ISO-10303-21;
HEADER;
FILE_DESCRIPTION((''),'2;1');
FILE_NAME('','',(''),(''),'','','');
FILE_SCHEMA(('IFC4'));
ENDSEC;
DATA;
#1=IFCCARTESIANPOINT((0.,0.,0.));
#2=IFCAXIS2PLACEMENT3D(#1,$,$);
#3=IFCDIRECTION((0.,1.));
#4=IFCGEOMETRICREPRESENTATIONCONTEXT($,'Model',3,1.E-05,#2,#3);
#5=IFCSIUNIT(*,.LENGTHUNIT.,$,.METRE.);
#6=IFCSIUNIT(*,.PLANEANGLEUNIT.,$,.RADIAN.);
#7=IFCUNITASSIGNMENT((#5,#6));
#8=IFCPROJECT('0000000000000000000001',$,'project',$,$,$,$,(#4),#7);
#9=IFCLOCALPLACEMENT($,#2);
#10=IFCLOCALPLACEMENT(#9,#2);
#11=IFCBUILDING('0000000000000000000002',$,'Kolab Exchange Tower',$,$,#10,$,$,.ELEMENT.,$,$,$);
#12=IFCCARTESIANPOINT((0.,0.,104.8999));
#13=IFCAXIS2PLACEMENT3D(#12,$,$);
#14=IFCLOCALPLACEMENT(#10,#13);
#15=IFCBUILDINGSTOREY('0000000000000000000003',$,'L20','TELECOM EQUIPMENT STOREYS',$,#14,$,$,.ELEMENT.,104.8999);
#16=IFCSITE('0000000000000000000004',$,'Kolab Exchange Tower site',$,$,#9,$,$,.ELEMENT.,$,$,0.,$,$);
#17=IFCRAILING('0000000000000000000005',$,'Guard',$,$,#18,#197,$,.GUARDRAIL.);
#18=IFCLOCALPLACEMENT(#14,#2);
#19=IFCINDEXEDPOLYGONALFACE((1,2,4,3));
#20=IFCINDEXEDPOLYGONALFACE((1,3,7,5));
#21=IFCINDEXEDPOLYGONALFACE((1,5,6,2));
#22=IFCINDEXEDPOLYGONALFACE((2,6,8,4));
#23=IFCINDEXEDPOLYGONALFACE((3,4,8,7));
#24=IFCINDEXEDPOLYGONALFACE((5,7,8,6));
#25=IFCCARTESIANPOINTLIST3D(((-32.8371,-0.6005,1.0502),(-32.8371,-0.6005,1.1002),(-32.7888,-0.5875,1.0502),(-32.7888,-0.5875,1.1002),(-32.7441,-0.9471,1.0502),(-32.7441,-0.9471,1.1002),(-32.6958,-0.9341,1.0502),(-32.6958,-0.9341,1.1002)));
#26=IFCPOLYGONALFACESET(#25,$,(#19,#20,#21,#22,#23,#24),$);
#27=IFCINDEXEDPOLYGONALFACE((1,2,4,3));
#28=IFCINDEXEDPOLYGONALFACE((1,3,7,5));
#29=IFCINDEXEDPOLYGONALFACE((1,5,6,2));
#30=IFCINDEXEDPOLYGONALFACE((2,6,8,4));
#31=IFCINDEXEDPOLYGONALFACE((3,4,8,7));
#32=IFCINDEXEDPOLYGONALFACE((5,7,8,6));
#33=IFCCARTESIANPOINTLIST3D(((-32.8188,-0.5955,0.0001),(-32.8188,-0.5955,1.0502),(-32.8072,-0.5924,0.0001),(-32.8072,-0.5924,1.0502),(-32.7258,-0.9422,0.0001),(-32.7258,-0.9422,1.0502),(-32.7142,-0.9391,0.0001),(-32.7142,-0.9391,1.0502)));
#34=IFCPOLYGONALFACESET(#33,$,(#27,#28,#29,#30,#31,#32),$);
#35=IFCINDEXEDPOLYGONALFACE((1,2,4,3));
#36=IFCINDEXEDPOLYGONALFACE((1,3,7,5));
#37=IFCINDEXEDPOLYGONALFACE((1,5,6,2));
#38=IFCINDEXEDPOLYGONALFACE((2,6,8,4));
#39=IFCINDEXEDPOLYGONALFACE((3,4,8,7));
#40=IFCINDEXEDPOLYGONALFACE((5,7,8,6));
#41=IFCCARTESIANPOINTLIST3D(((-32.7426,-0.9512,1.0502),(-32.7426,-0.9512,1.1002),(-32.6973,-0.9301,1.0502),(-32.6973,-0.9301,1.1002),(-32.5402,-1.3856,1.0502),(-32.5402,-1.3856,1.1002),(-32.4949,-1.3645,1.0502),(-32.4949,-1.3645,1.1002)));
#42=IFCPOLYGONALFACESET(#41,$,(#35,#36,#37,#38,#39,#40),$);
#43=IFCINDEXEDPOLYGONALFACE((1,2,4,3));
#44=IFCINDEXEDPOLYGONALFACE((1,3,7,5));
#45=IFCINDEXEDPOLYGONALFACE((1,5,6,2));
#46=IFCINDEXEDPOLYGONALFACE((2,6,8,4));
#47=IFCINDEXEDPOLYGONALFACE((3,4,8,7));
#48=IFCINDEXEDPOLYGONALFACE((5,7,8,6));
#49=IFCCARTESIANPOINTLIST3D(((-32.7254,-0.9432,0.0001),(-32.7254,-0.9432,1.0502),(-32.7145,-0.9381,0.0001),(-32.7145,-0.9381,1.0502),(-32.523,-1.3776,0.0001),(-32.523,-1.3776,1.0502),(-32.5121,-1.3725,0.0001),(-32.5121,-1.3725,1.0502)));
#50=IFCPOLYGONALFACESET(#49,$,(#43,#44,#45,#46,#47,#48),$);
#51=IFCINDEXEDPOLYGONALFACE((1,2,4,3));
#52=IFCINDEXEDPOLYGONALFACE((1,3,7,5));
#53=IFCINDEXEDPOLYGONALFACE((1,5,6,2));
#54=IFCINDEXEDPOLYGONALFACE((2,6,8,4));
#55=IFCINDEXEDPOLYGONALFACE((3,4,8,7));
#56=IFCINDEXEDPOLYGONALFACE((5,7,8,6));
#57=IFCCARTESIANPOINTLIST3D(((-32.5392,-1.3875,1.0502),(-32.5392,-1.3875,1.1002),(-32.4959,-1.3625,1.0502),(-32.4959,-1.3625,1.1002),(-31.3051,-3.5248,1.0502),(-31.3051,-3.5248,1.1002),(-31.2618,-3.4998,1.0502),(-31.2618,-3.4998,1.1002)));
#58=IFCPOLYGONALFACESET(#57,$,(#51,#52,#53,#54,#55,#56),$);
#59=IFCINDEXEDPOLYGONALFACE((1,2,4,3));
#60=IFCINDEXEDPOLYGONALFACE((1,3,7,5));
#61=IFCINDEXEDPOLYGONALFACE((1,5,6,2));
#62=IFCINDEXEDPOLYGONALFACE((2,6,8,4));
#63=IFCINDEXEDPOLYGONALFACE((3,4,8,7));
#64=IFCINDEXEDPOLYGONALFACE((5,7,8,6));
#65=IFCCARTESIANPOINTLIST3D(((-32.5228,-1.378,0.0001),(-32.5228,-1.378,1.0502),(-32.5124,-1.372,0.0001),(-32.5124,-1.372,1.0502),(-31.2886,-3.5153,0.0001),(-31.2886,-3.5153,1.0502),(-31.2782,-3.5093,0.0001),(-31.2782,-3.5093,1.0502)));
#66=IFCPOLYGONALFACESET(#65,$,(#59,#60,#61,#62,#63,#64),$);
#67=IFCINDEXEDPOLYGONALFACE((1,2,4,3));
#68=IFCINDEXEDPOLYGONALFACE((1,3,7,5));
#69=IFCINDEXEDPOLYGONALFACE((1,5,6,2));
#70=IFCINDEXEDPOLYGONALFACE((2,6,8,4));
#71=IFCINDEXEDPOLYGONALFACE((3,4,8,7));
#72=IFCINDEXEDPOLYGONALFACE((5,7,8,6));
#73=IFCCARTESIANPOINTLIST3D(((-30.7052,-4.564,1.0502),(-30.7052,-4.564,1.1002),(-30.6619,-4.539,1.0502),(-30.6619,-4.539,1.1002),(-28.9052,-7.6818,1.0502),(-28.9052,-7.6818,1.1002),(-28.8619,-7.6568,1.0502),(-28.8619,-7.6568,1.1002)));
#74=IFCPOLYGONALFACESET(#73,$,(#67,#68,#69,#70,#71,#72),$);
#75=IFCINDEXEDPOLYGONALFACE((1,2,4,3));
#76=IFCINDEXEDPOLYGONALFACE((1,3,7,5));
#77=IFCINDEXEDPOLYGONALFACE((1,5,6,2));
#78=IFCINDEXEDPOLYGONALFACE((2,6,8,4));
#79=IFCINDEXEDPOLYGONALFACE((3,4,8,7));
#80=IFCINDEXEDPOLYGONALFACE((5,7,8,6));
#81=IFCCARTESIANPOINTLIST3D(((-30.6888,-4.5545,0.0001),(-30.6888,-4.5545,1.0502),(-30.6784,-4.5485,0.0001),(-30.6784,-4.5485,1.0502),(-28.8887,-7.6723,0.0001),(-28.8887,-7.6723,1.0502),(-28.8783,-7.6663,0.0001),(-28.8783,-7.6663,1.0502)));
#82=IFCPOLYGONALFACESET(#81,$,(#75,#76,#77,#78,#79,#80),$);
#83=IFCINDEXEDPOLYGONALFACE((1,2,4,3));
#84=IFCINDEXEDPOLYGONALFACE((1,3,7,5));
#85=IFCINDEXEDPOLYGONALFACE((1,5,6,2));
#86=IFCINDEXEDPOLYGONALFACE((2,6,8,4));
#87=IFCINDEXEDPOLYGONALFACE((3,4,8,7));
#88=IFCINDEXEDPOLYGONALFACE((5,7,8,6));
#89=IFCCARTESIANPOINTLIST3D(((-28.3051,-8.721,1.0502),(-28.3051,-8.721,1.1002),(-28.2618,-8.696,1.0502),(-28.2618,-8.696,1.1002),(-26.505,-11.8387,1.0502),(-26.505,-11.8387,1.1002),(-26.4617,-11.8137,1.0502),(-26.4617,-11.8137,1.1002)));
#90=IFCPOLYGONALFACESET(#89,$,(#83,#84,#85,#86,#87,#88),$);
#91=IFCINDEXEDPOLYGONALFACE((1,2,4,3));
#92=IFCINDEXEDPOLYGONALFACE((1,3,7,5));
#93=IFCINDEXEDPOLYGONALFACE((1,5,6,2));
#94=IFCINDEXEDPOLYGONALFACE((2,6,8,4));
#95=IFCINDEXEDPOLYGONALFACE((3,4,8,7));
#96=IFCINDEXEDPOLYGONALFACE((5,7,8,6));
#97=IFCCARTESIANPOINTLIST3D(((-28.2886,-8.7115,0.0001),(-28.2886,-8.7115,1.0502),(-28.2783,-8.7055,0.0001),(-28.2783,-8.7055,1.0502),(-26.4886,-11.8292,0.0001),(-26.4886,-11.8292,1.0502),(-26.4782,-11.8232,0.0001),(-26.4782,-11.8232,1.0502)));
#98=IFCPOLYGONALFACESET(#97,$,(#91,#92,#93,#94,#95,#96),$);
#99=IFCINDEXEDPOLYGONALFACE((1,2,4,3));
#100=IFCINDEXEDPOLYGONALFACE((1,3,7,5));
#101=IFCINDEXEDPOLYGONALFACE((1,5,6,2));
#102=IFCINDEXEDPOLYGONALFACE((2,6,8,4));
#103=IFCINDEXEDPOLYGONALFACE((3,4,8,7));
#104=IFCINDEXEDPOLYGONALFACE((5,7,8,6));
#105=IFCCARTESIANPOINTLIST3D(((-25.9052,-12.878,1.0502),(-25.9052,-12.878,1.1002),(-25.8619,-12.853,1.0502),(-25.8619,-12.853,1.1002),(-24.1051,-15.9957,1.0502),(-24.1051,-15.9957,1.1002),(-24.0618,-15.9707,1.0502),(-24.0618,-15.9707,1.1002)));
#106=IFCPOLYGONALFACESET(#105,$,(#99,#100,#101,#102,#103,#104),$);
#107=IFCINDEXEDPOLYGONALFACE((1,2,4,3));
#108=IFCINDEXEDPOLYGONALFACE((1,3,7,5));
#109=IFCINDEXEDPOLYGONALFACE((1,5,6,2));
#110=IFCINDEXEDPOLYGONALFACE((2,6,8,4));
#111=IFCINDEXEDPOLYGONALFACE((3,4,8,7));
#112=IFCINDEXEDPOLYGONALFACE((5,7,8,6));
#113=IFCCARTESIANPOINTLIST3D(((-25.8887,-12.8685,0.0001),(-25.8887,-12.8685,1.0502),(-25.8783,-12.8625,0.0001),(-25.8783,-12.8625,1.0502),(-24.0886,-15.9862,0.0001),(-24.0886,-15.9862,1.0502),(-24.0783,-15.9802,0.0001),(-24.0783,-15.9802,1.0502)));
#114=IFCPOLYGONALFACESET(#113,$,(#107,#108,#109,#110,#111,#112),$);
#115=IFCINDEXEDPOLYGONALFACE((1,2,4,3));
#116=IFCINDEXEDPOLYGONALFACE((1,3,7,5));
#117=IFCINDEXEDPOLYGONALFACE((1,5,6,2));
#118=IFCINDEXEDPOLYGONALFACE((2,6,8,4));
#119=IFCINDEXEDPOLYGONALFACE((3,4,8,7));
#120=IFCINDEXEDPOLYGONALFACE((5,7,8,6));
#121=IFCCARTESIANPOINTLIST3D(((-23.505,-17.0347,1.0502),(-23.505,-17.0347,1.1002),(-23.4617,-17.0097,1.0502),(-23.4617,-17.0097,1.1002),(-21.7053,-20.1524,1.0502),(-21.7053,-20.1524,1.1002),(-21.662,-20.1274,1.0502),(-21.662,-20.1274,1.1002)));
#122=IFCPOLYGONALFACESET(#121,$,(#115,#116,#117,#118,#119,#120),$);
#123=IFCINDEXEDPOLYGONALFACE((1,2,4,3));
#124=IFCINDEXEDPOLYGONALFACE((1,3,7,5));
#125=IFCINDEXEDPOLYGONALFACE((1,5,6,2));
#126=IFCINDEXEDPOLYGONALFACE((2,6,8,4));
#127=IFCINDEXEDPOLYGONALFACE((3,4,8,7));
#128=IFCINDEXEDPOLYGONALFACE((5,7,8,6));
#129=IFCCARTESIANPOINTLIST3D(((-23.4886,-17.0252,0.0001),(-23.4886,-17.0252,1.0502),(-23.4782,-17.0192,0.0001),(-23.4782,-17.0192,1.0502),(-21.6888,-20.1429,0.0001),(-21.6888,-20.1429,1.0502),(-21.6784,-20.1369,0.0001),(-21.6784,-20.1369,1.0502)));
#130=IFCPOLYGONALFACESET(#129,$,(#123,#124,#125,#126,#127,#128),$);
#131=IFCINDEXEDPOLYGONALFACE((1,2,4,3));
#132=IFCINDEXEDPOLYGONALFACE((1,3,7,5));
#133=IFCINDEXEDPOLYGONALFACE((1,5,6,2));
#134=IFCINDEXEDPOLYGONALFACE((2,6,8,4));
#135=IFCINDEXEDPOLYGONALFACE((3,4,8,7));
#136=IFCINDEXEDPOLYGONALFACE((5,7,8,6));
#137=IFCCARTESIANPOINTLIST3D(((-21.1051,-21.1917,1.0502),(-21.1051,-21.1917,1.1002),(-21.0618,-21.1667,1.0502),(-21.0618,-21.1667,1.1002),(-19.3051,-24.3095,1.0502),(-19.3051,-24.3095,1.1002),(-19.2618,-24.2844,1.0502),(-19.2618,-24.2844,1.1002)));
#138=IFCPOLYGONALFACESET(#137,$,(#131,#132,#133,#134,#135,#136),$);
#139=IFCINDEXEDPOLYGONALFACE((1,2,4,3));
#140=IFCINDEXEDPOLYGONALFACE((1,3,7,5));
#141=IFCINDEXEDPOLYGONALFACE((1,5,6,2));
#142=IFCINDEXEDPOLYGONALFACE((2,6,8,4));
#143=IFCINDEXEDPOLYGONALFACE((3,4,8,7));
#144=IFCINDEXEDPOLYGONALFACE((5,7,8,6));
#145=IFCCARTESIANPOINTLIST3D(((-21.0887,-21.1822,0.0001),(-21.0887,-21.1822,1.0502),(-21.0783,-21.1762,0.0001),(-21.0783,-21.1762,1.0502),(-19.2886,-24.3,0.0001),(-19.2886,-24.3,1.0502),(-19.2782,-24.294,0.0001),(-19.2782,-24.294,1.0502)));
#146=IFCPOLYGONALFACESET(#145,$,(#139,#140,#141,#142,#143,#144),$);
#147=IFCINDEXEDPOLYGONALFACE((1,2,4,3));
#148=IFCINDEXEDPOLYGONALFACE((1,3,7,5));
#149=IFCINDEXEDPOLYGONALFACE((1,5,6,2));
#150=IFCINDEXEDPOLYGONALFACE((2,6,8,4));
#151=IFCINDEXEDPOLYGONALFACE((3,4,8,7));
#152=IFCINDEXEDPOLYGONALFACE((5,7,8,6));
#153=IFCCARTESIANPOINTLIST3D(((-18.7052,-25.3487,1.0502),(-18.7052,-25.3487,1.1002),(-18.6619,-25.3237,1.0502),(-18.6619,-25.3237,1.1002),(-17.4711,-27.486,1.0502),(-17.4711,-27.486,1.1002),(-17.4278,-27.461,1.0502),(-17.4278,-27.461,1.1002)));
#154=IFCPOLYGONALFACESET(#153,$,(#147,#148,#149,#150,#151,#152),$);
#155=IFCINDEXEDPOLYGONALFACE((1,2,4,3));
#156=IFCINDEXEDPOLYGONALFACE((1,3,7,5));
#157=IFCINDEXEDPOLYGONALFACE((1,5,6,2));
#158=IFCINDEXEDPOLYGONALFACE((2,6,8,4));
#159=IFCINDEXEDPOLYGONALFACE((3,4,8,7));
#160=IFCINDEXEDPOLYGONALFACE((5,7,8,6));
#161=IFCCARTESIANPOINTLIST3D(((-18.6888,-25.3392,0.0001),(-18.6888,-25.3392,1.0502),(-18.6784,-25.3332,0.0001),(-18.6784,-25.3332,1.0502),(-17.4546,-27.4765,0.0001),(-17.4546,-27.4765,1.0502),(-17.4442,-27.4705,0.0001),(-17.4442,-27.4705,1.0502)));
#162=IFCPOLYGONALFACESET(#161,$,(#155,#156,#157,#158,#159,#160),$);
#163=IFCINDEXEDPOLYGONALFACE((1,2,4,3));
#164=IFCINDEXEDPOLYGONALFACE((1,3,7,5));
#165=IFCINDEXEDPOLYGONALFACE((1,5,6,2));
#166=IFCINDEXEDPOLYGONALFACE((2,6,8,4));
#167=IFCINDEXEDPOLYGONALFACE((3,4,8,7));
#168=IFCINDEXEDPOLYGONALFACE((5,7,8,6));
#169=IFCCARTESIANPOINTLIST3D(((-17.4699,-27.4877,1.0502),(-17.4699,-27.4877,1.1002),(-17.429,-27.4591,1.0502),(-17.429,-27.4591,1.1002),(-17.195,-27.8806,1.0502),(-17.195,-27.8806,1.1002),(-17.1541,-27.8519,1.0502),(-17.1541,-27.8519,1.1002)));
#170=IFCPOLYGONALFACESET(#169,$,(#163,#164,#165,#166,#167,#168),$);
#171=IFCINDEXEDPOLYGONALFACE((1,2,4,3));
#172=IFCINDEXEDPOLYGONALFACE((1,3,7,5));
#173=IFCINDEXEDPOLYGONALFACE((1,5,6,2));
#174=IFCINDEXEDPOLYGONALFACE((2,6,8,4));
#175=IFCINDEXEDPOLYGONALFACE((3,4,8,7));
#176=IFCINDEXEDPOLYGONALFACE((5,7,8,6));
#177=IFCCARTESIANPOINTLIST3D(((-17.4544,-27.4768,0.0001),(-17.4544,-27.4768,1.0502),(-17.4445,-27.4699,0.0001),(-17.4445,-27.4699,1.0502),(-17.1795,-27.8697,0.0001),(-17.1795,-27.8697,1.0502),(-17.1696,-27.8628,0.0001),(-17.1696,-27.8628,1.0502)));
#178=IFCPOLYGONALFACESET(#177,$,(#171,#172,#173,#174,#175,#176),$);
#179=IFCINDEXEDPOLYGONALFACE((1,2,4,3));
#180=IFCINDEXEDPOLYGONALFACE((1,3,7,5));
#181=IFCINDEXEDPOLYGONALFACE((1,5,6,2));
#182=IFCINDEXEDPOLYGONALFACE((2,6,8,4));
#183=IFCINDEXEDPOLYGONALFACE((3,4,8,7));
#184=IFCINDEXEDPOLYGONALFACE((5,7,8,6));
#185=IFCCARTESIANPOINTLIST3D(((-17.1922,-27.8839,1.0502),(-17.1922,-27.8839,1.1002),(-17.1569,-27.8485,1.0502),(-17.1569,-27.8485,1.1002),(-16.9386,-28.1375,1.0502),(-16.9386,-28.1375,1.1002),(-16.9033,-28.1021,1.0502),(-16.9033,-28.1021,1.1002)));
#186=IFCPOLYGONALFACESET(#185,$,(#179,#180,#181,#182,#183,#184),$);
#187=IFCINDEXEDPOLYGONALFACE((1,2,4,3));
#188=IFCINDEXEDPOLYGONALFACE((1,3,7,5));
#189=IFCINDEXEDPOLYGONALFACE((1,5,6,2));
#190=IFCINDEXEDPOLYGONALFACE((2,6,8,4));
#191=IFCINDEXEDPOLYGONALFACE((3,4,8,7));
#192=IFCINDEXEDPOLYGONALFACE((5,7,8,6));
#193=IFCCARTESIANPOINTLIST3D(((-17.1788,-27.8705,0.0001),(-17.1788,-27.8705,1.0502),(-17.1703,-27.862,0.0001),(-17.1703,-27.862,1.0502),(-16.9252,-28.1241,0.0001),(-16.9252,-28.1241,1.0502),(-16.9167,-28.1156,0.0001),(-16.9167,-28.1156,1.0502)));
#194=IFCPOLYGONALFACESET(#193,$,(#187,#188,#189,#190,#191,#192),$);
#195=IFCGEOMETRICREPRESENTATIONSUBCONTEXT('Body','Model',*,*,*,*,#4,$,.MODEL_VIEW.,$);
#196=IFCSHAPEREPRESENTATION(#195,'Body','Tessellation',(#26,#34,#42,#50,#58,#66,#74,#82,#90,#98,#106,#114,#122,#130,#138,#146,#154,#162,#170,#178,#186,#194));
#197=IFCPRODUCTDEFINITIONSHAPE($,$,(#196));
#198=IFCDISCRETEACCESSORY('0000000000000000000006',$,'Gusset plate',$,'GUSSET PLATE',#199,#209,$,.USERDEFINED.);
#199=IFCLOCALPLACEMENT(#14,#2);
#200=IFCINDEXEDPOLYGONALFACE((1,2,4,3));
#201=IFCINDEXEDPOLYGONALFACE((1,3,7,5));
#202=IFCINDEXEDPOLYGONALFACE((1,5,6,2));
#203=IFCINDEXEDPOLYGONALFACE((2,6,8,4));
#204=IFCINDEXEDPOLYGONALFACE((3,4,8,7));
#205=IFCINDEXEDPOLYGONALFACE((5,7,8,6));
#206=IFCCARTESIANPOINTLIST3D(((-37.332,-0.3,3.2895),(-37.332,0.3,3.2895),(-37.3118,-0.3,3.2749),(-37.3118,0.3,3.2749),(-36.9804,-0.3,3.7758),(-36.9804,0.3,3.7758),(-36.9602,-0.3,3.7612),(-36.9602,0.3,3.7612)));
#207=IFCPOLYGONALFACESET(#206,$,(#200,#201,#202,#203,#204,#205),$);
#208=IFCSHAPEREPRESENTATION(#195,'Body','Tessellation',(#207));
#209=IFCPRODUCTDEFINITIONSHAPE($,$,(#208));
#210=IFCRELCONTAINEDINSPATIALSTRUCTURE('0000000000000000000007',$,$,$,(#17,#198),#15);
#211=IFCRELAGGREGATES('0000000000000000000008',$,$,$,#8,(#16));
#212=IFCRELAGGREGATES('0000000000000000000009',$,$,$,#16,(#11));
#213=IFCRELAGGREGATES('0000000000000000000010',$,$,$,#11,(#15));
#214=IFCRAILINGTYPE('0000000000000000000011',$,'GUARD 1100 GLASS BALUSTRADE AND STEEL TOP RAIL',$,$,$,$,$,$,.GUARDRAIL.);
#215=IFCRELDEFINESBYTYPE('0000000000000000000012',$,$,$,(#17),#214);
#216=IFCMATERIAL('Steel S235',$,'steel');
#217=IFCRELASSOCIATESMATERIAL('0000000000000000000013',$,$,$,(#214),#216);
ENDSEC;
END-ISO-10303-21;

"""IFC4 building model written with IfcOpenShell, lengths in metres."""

from ifc_helpers import new_model, si_unit, direction, frame, frame_2d, origin, origin_2d, place, context, subcontext, project, spatial, rectangle, extrude, material, type_object, element, save


model = new_model("IFC4")

# Units and contexts
model_context = context("Model", 3, precision=1e-05, world=origin(), true_north=direction((0.0, 1.0)))
body_context = subcontext(model_context, "Body", "Model", "MODEL_VIEW")
ifc_project = project(units=[si_unit("LENGTHUNIT", "METRE"), si_unit("PLANEANGLEUNIT", "RADIAN")], contexts=[model_context])

# Site, building, storey
site_placement = place(None, origin())
site = spatial("IfcSite", under=ifc_project, at=site_placement, Name="Kolab Exchange Tower site", CompositionType="ELEMENT", RefElevation=0.0)
building_placement = place(site_placement, origin())
building = spatial("IfcBuilding", under=site, at=building_placement, Name="Kolab Exchange Tower", CompositionType="ELEMENT")
storey_placement = place(building_placement, frame((0.0, 0.0, 104.8999)))
storey = spatial("IfcBuildingStorey", under=building, at=storey_placement, Name="L20", Description="TELECOM EQUIPMENT STOREYS", CompositionType="ELEMENT", Elevation=104.8999)

# Railing
ifc_material_1 = material(Name="Steel S235", Category="steel")
railing_type = type_object("IfcRailingType", Name="GUARD 1100 GLASS BALUSTRADE AND STEEL TOP RAIL", PredefinedType="GUARDRAIL", material=ifc_material_1)
railing_placement = place(storey_placement, frame((-32.813, -0.594, 0.0)))
element("IfcRailing", 1, at=railing_placement, inside=storey, type_object=railing_type, Name="Guard", PredefinedType="GUARDRAIL", context=body_context, shape_type="SweptSolid", body=[
    extrude(rectangle(XDim=0.05, YDim=0.05, at=origin_2d()), frame((0.0, 0.0, 1.0752), z_axis=(0.259144, -0.965839, 0.0), x_axis=(0.965839, 0.259144, 0.0)), (0.0, 0.0, 1.0), 0.3589),
    extrude(rectangle(XDim=0.012, YDim=1.0501, at=frame_2d((0.0, 0.5251))), frame((0.0, 0.0, 0.0), z_axis=(0.259144, -0.965839, 0.0), x_axis=(0.965839, 0.259144, 0.0)), (0.0, 0.0, 1.0), 0.3589),
    extrude(rectangle(XDim=0.05, YDim=0.05, at=origin_2d()), frame((0.093, -0.3467, 1.0752), z_axis=(0.422383, -0.906417, 0.0), x_axis=(0.906417, 0.422383, 0.0)), (0.0, 0.0, 1.0), 0.4792),
    extrude(rectangle(XDim=0.012, YDim=1.0501, at=frame_2d((0.0, 0.5251))), frame((0.093, -0.3467, 0.0), z_axis=(0.422383, -0.906417, 0.0), x_axis=(0.906417, 0.422383, 0.0)), (0.0, 0.0, 1.0), 0.4792),
    extrude(rectangle(XDim=0.05, YDim=0.05, at=origin_2d()), frame((0.2954, -0.781, 1.0752), z_axis=(0.500065, -0.865988, 0.0), x_axis=(0.865988, 0.500065, 0.0)), (0.0, 0.0, 1.0), 2.468),
    extrude(rectangle(XDim=0.012, YDim=1.0501, at=frame_2d((0.0, 0.5251))), frame((0.2954, -0.781, 0.0), z_axis=(0.500065, -0.865988, 0.0), x_axis=(0.865988, 0.500065, 0.0)), (0.0, 0.0, 1.0), 2.468),
    extrude(rectangle(XDim=0.05, YDim=0.05, at=origin_2d()), frame((2.1294, -3.9575, 1.0752), z_axis=(0.500012, -0.866018, 0.0), x_axis=(0.866018, 0.500012, 0.0)), (0.0, 0.0, 1.0), 3.6001),
    extrude(rectangle(XDim=0.012, YDim=1.0501, at=frame_2d((0.0, 0.5251))), frame((2.1294, -3.9575, 0.0), z_axis=(0.500012, -0.866018, 0.0), x_axis=(0.866018, 0.500012, 0.0)), (0.0, 0.0, 1.0), 3.6001),
    extrude(rectangle(XDim=0.05, YDim=0.05, at=origin_2d()), frame((4.5295, -8.1145, 1.0752), z_axis=(0.500012, -0.866018, 0.0), x_axis=(0.866018, 0.500012, 0.0)), (0.0, 0.0, 1.0), 3.6001),
    extrude(rectangle(XDim=0.012, YDim=1.0501, at=frame_2d((0.0, 0.5251))), frame((4.5295, -8.1145, 0.0), z_axis=(0.500012, -0.866018, 0.0), x_axis=(0.866018, 0.500012, 0.0)), (0.0, 0.0, 1.0), 3.6001),
    extrude(rectangle(XDim=0.05, YDim=0.05, at=origin_2d()), frame((6.9294, -12.2715, 1.0752), z_axis=(0.500012, -0.866018, 0.0), x_axis=(0.866018, 0.500012, 0.0)), (0.0, 0.0, 1.0), 3.6001),
    extrude(rectangle(XDim=0.012, YDim=1.0501, at=frame_2d((0.0, 0.5251))), frame((6.9294, -12.2715, 0.0), z_axis=(0.500012, -0.866018, 0.0), x_axis=(0.866018, 0.500012, 0.0)), (0.0, 0.0, 1.0), 3.6001),
    extrude(rectangle(XDim=0.05, YDim=0.05, at=origin_2d()), frame((9.3296, -16.4282, 1.0752), z_axis=(0.499961, -0.866048, 0.0), x_axis=(0.866048, 0.499961, 0.0)), (0.0, 0.0, 1.0), 3.5999),
    extrude(rectangle(XDim=0.012, YDim=1.0501, at=frame_2d((0.0, 0.5251))), frame((9.3296, -16.4282, 0.0), z_axis=(0.499961, -0.866048, 0.0), x_axis=(0.866048, 0.499961, 0.0)), (0.0, 0.0, 1.0), 3.5999),
    extrude(rectangle(XDim=0.05, YDim=0.05, at=origin_2d()), frame((11.7295, -20.5852, 1.0752), z_axis=(0.500012, -0.866018, 0.0), x_axis=(0.866018, 0.500012, 0.0)), (0.0, 0.0, 1.0), 3.6001),
    extrude(rectangle(XDim=0.012, YDim=1.0501, at=frame_2d((0.0, 0.5251))), frame((11.7295, -20.5852, 0.0), z_axis=(0.500012, -0.866018, 0.0), x_axis=(0.866018, 0.500012, 0.0)), (0.0, 0.0, 1.0), 3.6001),
    extrude(rectangle(XDim=0.05, YDim=0.05, at=origin_2d()), frame((14.1294, -24.7422, 1.0752), z_axis=(0.500065, -0.865988, 0.0), x_axis=(0.865988, 0.500065, 0.0)), (0.0, 0.0, 1.0), 2.468),
    extrude(rectangle(XDim=0.012, YDim=1.0501, at=frame_2d((0.0, 0.5251))), frame((14.1294, -24.7422, 0.0), z_axis=(0.500065, -0.865988, 0.0), x_axis=(0.865988, 0.500065, 0.0)), (0.0, 0.0, 1.0), 2.468),
    extrude(rectangle(XDim=0.05, YDim=0.05, at=origin_2d()), frame((15.3635, -26.8794, 1.0752), z_axis=(0.57336, -0.819304, 0.0), x_axis=(0.819304, 0.57336, 0.0)), (0.0, 0.0, 1.0), 0.4795),
    extrude(rectangle(XDim=0.012, YDim=1.0501, at=frame_2d((0.0, 0.5251))), frame((15.3635, -26.8794, 0.0), z_axis=(0.57336, -0.819304, 0.0), x_axis=(0.819304, 0.57336, 0.0)), (0.0, 0.0, 1.0), 0.4795),
    extrude(rectangle(XDim=0.05, YDim=0.05, at=origin_2d()), frame((15.6384, -27.2722, 1.0752), z_axis=(0.707107, -0.707107, 0.0), x_axis=(0.707107, 0.707107, 0.0)), (0.0, 0.0, 1.0), 0.3586),
    extrude(rectangle(XDim=0.012, YDim=1.0501, at=frame_2d((0.0, 0.5251))), frame((15.6384, -27.2722, 0.0), z_axis=(0.707107, -0.707107, 0.0), x_axis=(0.707107, 0.707107, 0.0)), (0.0, 0.0, 1.0), 0.3586),
])

# Discrete accessory
discrete_accessory_placement = place(storey_placement, frame((-37.136, 0.0, 3.5181), z_axis=(-0.810422, 0.0, 0.585847), x_axis=(0.0, -1.0, 0.0)))
element("IfcDiscreteAccessory", 2, at=discrete_accessory_placement, inside=storey, Name="Gusset plate", ObjectType="GUSSET PLATE", PredefinedType="USERDEFINED", context=body_context, shape_type="SweptSolid", body=[
    extrude(rectangle(XDim=0.6001, YDim=0.6001, at=origin_2d()), origin(), (0.0, 0.0, 1.0), 0.0249),
])

save(model, "model.ifc")
